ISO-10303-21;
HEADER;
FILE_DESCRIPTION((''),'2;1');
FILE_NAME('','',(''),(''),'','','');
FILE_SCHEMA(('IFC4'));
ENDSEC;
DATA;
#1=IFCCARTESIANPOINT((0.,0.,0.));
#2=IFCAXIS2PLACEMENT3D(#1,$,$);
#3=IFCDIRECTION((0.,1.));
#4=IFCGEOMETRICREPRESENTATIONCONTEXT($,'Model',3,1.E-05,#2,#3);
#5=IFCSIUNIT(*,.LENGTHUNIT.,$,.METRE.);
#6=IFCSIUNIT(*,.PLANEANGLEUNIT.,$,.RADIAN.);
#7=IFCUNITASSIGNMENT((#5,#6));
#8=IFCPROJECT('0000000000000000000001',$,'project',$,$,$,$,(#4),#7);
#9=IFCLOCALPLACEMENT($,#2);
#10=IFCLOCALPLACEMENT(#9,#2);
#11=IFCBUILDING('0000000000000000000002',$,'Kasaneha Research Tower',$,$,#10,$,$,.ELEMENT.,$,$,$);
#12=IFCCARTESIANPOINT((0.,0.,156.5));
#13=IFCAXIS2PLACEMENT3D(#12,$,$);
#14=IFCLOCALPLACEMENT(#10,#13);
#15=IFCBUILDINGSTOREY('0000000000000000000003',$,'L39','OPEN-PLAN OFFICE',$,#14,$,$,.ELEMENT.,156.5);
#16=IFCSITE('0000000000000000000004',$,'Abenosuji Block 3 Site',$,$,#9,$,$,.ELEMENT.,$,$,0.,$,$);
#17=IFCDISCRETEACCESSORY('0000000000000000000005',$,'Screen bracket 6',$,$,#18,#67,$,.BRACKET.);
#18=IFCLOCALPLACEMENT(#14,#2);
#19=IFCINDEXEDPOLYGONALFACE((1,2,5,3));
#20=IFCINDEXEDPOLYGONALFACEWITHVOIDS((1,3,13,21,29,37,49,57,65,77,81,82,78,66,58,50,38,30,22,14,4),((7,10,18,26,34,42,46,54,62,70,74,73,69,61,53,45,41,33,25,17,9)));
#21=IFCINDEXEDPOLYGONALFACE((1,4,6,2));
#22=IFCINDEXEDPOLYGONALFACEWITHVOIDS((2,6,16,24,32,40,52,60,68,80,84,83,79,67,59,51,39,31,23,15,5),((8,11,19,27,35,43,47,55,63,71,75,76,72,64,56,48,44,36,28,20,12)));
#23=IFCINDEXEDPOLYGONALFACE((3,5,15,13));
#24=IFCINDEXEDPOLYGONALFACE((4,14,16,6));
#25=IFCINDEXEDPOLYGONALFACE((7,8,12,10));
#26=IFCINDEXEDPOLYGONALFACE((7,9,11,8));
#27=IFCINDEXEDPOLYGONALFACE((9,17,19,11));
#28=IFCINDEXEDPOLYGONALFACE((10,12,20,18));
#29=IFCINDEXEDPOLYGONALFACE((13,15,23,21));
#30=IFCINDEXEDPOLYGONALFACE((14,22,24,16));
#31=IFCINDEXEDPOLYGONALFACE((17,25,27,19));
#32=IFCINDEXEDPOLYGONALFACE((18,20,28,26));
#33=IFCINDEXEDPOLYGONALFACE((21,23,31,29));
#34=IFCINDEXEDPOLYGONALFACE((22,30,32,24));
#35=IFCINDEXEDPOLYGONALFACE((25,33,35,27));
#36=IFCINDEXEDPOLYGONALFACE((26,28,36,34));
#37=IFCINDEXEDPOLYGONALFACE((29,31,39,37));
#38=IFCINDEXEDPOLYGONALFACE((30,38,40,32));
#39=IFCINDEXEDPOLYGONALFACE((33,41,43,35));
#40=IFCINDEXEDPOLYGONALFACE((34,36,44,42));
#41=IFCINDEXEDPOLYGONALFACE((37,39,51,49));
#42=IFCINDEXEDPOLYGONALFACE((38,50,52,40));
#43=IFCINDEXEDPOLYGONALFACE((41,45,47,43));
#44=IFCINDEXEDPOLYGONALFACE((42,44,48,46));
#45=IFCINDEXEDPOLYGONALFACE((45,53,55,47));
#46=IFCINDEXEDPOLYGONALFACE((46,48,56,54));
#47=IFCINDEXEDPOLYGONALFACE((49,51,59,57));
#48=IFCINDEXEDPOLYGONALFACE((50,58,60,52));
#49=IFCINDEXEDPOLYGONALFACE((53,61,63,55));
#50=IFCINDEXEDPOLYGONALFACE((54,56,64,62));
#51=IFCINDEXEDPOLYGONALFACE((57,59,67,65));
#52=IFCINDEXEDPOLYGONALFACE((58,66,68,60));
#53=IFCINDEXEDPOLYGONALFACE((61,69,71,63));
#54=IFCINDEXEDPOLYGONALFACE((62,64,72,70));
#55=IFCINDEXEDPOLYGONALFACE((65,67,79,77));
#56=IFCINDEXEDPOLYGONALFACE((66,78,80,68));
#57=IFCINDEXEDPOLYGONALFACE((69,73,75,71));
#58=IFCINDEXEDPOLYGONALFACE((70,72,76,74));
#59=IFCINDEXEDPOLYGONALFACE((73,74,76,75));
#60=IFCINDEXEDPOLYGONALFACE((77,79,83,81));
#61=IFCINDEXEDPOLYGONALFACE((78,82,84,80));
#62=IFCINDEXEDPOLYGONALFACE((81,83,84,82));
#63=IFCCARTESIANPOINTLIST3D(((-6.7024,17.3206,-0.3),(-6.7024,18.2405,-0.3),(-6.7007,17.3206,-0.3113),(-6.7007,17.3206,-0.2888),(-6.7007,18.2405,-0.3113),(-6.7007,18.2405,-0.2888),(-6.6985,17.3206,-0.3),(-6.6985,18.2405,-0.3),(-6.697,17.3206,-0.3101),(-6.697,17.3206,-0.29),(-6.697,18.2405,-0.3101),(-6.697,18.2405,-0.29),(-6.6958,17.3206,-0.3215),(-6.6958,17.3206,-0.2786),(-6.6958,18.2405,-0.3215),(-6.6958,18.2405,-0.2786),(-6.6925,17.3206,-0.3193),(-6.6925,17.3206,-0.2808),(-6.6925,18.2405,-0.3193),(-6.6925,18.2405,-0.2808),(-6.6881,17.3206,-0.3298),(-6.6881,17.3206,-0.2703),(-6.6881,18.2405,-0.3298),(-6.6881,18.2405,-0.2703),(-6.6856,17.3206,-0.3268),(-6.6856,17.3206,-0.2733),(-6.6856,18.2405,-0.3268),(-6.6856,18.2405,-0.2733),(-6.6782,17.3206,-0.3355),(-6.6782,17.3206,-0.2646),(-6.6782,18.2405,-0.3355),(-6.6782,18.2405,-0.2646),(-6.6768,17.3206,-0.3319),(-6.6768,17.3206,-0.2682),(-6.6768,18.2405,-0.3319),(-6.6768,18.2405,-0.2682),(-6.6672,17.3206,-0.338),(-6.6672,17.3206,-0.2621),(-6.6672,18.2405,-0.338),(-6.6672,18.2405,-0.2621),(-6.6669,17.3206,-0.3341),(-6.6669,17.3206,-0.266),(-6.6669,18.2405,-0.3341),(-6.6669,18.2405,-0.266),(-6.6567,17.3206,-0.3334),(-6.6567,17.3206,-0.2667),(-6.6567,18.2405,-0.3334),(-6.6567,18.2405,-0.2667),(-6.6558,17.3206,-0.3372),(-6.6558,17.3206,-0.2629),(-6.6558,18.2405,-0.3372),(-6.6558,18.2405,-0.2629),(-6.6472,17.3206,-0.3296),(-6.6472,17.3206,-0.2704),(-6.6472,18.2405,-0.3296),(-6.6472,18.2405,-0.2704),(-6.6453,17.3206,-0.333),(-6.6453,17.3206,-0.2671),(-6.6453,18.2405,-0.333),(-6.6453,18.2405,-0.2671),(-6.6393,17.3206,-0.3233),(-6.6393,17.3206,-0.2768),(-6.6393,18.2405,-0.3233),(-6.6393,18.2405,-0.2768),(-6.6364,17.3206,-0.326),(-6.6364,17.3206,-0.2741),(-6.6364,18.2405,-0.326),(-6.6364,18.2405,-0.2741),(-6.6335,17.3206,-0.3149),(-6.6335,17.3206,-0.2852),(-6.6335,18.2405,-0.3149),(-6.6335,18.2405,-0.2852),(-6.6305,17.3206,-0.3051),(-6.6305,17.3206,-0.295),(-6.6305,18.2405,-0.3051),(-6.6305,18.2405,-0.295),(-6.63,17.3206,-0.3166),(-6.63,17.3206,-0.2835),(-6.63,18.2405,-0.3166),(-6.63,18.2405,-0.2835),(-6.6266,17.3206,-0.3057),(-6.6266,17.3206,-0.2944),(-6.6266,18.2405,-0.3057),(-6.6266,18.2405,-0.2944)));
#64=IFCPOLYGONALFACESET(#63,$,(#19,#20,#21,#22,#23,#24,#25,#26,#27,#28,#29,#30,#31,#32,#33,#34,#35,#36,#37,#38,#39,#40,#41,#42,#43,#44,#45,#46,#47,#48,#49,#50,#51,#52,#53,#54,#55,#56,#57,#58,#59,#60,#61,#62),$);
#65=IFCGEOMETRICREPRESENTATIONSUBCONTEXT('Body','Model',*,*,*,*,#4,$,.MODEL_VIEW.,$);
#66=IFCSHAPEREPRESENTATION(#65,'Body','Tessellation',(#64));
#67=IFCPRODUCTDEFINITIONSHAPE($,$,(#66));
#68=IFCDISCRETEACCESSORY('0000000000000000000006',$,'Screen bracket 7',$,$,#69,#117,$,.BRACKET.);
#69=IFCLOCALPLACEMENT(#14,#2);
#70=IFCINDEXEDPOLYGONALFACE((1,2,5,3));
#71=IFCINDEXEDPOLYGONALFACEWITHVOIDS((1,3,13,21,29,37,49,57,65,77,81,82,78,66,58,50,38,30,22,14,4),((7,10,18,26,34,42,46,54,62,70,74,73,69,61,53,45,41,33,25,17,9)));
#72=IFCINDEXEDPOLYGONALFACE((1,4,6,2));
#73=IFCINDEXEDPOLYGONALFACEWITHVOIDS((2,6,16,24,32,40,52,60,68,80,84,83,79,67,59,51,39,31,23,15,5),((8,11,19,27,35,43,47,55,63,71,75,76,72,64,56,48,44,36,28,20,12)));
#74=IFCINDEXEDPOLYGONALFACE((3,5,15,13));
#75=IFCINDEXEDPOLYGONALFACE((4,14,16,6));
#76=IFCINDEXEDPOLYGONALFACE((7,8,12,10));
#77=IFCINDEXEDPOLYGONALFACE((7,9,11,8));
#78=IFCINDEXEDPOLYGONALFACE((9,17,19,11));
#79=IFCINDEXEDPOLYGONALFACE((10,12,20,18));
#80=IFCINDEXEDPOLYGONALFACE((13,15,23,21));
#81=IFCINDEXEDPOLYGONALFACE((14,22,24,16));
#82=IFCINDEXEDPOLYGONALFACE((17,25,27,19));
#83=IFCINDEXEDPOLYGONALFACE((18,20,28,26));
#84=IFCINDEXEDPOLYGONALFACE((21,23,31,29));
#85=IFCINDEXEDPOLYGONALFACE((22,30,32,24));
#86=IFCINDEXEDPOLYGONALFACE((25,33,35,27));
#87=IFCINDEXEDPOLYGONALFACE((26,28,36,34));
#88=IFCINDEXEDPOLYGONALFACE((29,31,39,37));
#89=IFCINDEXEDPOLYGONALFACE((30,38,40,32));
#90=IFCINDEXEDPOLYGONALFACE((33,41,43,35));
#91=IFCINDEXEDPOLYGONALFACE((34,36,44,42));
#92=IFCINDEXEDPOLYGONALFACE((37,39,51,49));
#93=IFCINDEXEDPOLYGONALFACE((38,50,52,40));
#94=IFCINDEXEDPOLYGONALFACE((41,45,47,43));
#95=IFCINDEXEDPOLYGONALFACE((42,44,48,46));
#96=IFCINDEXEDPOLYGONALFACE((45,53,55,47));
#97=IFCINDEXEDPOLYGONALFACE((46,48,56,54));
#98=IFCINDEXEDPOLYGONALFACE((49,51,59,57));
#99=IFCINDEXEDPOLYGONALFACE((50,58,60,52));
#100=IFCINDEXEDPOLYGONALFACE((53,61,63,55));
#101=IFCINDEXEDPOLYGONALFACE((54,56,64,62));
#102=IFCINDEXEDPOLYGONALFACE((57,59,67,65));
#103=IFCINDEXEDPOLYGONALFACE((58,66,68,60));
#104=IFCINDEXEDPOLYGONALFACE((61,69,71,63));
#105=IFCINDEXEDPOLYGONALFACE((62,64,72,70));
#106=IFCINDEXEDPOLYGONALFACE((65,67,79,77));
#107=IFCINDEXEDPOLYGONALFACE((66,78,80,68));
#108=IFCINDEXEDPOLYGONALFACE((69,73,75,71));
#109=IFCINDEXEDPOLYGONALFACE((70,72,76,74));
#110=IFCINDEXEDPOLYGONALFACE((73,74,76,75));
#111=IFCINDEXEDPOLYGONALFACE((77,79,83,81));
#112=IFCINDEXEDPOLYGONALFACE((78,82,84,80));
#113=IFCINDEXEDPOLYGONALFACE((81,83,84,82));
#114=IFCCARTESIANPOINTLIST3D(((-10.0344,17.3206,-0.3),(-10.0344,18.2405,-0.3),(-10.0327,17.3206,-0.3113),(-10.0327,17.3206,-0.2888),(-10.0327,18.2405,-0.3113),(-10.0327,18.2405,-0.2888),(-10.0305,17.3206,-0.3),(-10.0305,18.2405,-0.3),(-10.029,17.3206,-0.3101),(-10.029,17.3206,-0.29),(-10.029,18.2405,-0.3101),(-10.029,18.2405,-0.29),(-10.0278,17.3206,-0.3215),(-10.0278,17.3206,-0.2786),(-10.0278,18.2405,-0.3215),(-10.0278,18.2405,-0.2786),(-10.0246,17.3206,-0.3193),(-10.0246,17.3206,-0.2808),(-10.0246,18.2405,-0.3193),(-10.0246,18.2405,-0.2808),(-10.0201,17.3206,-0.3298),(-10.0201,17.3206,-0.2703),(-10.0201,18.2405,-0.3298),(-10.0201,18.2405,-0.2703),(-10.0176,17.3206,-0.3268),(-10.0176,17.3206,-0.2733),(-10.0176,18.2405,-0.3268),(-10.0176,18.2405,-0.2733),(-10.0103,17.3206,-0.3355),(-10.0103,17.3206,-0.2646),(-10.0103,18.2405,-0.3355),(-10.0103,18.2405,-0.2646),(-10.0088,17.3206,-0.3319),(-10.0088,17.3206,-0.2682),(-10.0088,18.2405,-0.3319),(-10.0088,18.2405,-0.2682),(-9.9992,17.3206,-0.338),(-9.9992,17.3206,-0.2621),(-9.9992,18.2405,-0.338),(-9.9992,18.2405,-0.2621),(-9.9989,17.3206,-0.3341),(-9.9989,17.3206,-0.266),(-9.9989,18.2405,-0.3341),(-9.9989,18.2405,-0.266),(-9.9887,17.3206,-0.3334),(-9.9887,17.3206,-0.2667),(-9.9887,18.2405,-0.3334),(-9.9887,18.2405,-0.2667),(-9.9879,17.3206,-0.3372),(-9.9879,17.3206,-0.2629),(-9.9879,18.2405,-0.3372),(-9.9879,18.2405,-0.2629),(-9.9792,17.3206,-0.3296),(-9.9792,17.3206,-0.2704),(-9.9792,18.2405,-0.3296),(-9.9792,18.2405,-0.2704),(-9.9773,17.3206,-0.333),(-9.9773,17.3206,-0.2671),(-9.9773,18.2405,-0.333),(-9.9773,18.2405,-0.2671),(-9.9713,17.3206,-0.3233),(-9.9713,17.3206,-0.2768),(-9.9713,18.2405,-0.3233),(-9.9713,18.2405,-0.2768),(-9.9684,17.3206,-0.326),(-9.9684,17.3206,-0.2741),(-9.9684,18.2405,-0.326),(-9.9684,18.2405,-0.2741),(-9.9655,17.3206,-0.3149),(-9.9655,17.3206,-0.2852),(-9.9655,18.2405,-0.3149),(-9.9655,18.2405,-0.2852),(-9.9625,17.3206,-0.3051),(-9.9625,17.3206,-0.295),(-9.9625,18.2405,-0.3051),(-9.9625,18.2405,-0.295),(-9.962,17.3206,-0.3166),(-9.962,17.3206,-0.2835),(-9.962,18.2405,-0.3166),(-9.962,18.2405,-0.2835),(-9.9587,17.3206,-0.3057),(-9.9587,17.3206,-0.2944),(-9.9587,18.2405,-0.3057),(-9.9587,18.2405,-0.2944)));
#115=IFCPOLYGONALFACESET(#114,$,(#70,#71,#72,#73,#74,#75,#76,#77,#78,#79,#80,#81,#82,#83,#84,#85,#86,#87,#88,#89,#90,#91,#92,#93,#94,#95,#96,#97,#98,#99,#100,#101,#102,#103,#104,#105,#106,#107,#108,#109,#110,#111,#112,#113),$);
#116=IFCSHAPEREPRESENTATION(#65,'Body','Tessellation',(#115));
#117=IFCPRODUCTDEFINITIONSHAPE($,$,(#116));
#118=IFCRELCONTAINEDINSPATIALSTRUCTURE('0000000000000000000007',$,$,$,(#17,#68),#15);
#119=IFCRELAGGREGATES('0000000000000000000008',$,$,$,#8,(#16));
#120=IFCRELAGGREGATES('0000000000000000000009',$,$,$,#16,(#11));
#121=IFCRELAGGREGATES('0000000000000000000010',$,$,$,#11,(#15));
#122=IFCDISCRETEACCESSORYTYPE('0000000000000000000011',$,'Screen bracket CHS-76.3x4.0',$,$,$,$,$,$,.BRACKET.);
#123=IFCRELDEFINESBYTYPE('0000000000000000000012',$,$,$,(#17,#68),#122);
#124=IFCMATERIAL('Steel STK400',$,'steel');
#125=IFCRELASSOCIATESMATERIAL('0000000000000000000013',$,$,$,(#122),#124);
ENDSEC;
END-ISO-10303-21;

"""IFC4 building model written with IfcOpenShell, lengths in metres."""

from ifc_helpers import new_model, si_unit, direction, frame, origin, origin_2d, place, context, subcontext, project, spatial, hollow_circle, extrude, material, material_profile, profile_set, type_object, element, save


model = new_model("IFC4")

# Units and contexts
model_context = context("Model", 3, precision=1e-05, world=origin(), true_north=direction((0.0, 1.0)))
body_context = subcontext(model_context, "Body", "Model", "MODEL_VIEW")
ifc_project = project(units=[si_unit("LENGTHUNIT", "METRE"), si_unit("PLANEANGLEUNIT", "RADIAN")], contexts=[model_context])

# Site, building, storey
site_placement = place(None, origin())
site = spatial("IfcSite", under=ifc_project, at=site_placement, Name="Abenosuji Block 3 Site", CompositionType="ELEMENT", RefElevation=0.0)
building_placement = place(site_placement, origin())
building = spatial("IfcBuilding", under=site, at=building_placement, Name="Kasaneha Research Tower", CompositionType="ELEMENT")
storey_placement = place(building_placement, frame((0.0, 0.0, 156.5)))
storey = spatial("IfcBuildingStorey", under=building, at=storey_placement, Name="L39", Description="OPEN-PLAN OFFICE", CompositionType="ELEMENT", Elevation=156.5)

# Discrete accessories
ifc_material_1 = material(Name="Steel STK400", Category="steel")
ifc_material_profile_1 = material_profile(ifc_material_1, hollow_circle(Radius=0.0381, WallThickness=0.0039, at=origin_2d()), Name="CHS-76.3x4.0")
ifc_profile_set_1 = profile_set([ifc_material_profile_1], Name="Steel STK400")
discrete_accessory_type = type_object("IfcDiscreteAccessoryType", Name="Screen bracket CHS-76.3x4.0", PredefinedType="BRACKET", material=ifc_profile_set_1)
for number, where, z_axis, x_axis, name in (
    (1, (-6.6643, 17.3206, -0.3), (0.0, 1.0, 0.0), (-1.0, 0.0, 0.0), "Screen bracket 6"),
    (2, (-9.9963, 17.3206, -0.3), (0.0, 1.0, 0.0), (-1.0, 0.0, 0.0), "Screen bracket 7"),
):
    element("IfcDiscreteAccessory", number, at=place(storey_placement, frame(where, z_axis=z_axis, x_axis=x_axis)), inside=storey, type_object=discrete_accessory_type, Name=name, PredefinedType="BRACKET", context=body_context, shape_type="SweptSolid", body=[
        extrude(hollow_circle(Radius=0.0381, WallThickness=0.0039, at=origin_2d()), origin(), (0.0, 0.0, 1.0), 0.9199),
    ])

save(model, "model.ifc")
